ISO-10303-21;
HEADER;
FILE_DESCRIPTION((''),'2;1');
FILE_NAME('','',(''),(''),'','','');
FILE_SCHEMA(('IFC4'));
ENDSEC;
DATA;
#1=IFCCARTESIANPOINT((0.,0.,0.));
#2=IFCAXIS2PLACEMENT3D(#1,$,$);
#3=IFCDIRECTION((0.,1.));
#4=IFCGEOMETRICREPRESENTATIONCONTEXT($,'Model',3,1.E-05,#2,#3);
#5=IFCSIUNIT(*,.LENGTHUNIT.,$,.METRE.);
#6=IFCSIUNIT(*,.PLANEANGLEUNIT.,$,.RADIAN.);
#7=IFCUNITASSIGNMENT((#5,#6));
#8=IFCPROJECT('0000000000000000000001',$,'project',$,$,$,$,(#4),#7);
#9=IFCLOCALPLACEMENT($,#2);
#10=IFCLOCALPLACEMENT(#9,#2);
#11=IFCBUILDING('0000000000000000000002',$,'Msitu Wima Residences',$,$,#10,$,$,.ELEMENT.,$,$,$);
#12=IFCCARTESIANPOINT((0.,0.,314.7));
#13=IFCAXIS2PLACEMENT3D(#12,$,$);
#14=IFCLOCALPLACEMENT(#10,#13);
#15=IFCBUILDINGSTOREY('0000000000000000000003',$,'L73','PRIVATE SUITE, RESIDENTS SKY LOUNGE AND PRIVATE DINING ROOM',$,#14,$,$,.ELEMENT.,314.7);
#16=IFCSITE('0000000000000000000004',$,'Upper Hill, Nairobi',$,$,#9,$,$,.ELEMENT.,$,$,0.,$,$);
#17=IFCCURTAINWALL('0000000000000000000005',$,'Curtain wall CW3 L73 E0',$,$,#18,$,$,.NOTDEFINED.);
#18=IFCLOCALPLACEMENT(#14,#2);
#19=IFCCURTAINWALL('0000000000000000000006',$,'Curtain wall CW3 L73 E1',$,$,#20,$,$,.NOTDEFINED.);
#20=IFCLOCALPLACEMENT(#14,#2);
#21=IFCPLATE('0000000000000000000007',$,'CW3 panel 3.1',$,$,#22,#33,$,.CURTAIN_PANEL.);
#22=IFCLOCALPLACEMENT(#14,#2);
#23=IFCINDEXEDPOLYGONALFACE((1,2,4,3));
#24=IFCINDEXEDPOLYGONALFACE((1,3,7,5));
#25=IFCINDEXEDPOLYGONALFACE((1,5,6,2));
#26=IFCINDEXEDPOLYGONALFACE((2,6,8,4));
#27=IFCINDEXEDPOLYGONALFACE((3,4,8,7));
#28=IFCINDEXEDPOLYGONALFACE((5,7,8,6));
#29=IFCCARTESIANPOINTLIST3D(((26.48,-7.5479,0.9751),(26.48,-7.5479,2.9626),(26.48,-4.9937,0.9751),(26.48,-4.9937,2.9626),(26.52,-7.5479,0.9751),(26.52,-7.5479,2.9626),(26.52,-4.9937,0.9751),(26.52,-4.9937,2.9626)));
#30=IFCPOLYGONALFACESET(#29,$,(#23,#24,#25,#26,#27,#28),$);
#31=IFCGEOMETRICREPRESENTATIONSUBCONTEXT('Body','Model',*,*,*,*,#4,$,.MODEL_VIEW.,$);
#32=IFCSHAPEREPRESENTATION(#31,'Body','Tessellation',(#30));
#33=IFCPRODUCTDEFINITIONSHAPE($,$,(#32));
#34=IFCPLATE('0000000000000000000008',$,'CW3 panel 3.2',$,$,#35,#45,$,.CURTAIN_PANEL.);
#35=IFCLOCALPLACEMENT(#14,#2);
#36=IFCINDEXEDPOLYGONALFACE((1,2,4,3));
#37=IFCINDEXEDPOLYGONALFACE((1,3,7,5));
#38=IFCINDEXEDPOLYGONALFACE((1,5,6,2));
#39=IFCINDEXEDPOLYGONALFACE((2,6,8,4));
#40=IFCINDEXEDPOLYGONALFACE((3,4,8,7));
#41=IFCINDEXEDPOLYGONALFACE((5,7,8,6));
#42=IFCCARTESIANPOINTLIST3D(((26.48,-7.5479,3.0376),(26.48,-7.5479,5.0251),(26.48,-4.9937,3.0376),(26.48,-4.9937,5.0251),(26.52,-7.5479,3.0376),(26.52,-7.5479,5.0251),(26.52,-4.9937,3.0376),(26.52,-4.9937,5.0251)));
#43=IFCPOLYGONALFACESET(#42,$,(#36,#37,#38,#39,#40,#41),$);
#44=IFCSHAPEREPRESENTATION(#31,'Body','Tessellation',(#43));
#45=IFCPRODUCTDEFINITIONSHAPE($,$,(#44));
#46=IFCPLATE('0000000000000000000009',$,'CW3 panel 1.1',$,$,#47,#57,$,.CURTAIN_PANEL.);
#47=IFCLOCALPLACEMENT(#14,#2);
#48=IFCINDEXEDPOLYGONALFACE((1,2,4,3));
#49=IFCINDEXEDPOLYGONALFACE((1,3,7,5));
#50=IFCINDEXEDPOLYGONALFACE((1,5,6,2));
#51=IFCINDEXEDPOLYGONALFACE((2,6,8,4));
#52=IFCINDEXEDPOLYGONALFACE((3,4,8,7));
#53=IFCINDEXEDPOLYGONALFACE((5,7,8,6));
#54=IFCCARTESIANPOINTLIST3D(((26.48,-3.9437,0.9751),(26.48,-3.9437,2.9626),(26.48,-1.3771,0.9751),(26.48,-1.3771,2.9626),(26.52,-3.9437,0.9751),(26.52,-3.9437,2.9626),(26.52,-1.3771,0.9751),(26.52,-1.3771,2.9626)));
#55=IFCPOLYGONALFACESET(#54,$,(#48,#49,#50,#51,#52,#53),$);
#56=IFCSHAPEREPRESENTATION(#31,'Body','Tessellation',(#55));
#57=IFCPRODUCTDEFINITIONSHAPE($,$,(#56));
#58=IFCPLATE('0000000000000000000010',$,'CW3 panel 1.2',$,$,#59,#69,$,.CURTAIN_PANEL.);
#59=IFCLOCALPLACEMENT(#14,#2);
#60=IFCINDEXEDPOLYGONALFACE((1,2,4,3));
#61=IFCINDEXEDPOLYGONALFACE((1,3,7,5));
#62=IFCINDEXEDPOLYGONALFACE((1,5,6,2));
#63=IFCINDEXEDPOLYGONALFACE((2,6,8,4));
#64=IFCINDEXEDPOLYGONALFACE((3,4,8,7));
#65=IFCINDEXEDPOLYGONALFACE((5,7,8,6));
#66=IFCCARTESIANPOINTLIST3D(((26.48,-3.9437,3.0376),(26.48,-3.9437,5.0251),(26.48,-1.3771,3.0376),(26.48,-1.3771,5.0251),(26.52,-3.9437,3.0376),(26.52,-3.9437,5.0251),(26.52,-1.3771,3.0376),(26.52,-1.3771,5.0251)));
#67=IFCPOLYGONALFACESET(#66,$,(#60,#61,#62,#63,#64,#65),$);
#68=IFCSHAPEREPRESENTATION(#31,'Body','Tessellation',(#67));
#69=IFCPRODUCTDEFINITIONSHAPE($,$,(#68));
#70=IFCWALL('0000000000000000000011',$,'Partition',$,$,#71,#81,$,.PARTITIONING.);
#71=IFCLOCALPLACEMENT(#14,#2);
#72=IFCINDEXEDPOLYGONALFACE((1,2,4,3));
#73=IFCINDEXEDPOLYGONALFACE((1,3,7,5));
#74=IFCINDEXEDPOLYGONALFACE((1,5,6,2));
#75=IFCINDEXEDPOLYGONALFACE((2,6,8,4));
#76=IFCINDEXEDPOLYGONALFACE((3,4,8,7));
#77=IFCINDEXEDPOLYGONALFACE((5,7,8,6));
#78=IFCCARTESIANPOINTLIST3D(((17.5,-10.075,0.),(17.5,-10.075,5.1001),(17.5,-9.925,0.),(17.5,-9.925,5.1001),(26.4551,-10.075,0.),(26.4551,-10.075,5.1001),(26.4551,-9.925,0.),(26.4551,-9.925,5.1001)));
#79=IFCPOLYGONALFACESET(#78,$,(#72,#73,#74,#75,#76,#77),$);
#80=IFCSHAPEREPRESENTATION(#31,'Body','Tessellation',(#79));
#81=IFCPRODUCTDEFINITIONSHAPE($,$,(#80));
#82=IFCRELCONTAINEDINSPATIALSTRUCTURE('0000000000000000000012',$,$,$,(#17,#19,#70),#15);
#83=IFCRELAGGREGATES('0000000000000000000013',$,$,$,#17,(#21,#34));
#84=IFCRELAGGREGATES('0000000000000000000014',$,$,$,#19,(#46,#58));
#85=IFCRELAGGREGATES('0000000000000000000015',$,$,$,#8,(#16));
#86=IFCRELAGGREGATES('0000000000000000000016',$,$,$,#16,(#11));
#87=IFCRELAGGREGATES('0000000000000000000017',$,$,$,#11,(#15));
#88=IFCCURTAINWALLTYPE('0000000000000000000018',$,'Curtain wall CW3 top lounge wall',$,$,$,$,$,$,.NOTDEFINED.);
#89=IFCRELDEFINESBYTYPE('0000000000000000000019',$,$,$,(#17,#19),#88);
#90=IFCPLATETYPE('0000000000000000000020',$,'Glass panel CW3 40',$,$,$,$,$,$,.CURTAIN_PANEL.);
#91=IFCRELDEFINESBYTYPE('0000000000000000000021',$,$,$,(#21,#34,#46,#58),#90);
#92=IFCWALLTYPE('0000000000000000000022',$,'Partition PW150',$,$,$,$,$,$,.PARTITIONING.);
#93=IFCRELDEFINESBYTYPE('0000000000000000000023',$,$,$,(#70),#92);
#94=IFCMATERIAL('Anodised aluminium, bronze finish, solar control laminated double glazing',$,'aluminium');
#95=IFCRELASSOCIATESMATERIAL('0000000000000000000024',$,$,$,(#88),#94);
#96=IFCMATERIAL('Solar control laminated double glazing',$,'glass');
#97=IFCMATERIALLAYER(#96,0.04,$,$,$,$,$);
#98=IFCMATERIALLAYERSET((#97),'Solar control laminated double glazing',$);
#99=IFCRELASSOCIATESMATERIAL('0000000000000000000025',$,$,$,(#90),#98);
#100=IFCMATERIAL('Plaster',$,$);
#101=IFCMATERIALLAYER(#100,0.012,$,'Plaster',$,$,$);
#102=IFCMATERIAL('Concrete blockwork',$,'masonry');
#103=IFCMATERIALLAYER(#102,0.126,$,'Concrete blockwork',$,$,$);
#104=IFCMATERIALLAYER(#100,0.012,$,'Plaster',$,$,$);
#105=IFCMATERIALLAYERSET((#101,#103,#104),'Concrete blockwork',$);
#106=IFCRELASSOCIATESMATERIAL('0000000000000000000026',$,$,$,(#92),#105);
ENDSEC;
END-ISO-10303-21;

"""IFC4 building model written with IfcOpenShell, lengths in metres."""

from ifc_helpers import new_model, si_unit, direction, frame, frame_2d, origin, origin_2d, place, context, subcontext, project, spatial, rectangle, extrude, material, layer, layer_set, type_object, element, aggregate, save


model = new_model("IFC4")

# Units and contexts
model_context = context("Model", 3, precision=1e-05, world=origin(), true_north=direction((0.0, 1.0)))
body_context = subcontext(model_context, "Body", "Model", "MODEL_VIEW")
ifc_project = project(units=[si_unit("LENGTHUNIT", "METRE"), si_unit("PLANEANGLEUNIT", "RADIAN")], contexts=[model_context])

# Site, building, storey
site_placement = place(None, origin())
site = spatial("IfcSite", under=ifc_project, at=site_placement, Name="Upper Hill, Nairobi", CompositionType="ELEMENT", RefElevation=0.0)
building_placement = place(site_placement, origin())
building = spatial("IfcBuilding", under=site, at=building_placement, Name="Msitu Wima Residences", CompositionType="ELEMENT")
storey_placement = place(building_placement, frame((0.0, 0.0, 314.7)))
storey = spatial("IfcBuildingStorey", under=building, at=storey_placement, Name="L73", Description="PRIVATE SUITE, RESIDENTS SKY LOUNGE AND PRIVATE DINING ROOM", CompositionType="ELEMENT", Elevation=314.7)

# Curtain walls
ifc_material_1 = material(Name="Anodised aluminium, bronze finish, solar control laminated double glazing", Category="aluminium")
curtain_wall_type = type_object("IfcCurtainWallType", Name="Curtain wall CW3 top lounge wall", PredefinedType="NOTDEFINED", material=ifc_material_1)
curtain_wall_1_placement = place(storey_placement, origin())
curtain_wall_1 = element("IfcCurtainWall", 1, at=curtain_wall_1_placement, inside=storey, type_object=curtain_wall_type, Name="Curtain wall CW3 L73 E0", PredefinedType="NOTDEFINED")
curtain_wall_2_placement = place(storey_placement, origin())
curtain_wall_2 = element("IfcCurtainWall", 2, at=curtain_wall_2_placement, inside=storey, type_object=curtain_wall_type, Name="Curtain wall CW3 L73 E1", PredefinedType="NOTDEFINED")

# Plates
ifc_material_2 = material(Name="Solar control laminated double glazing", Category="glass")
ifc_layer_1 = layer(ifc_material_2, 0.04)
ifc_layer_set_1 = layer_set([ifc_layer_1], Name="Solar control laminated double glazing")
plate_type = type_object("IfcPlateType", Name="Glass panel CW3 40", PredefinedType="CURTAIN_PANEL", material=ifc_layer_set_1)
plate_1_placement = place(storey_placement, frame((26.5, -6.2708, 0.9751), z_axis=(0.0, 0.0, 1.0), x_axis=(0.0, 1.0, 0.0)))
plate_1 = element("IfcPlate", 3, at=plate_1_placement, type_object=plate_type, Name="CW3 panel 3.1", PredefinedType="CURTAIN_PANEL", context=body_context, shape_type="SweptSolid", body=[
    extrude(rectangle(XDim=2.5542, YDim=0.04, at=origin_2d()), origin(), (0.0, 0.0, 1.0), 1.9875),
])
plate_2_placement = place(storey_placement, frame((26.5, -6.2708, 3.0376), z_axis=(0.0, 0.0, 1.0), x_axis=(0.0, 1.0, 0.0)))
plate_2 = element("IfcPlate", 4, at=plate_2_placement, type_object=plate_type, Name="CW3 panel 3.2", PredefinedType="CURTAIN_PANEL", context=body_context, shape_type="SweptSolid", body=[
    extrude(rectangle(XDim=2.5542, YDim=0.04, at=origin_2d()), origin(), (0.0, 0.0, 1.0), 1.9875),
])
aggregate(curtain_wall_1, [plate_1, plate_2])
plate_3_placement = place(storey_placement, frame((26.5, -2.6604, 0.9751), z_axis=(0.0, 0.0, 1.0), x_axis=(0.0, 1.0, 0.0)))
plate_3 = element("IfcPlate", 5, at=plate_3_placement, type_object=plate_type, Name="CW3 panel 1.1", PredefinedType="CURTAIN_PANEL", context=body_context, shape_type="SweptSolid", body=[
    extrude(rectangle(XDim=2.5667, YDim=0.04, at=origin_2d()), origin(), (0.0, 0.0, 1.0), 1.9875),
])
plate_4_placement = place(storey_placement, frame((26.5, -2.6604, 3.0376), z_axis=(0.0, 0.0, 1.0), x_axis=(0.0, 1.0, 0.0)))
plate_4 = element("IfcPlate", 6, at=plate_4_placement, type_object=plate_type, Name="CW3 panel 1.2", PredefinedType="CURTAIN_PANEL", context=body_context, shape_type="SweptSolid", body=[
    extrude(rectangle(XDim=2.5667, YDim=0.04, at=origin_2d()), origin(), (0.0, 0.0, 1.0), 1.9875),
])
aggregate(curtain_wall_2, [plate_3, plate_4])

# Wall
ifc_material_3 = material(Name="Plaster")
ifc_layer_2 = layer(ifc_material_3, 0.012, Name="Plaster")
ifc_material_4 = material(Name="Concrete blockwork", Category="masonry")
ifc_layer_3 = layer(ifc_material_4, 0.126, Name="Concrete blockwork")
ifc_layer_4 = layer(ifc_material_3, 0.012, Name="Plaster")
ifc_layer_set_2 = layer_set([ifc_layer_2, ifc_layer_3, ifc_layer_4], Name="Concrete blockwork")
wall_type = type_object("IfcWallType", Name="Partition PW150", PredefinedType="PARTITIONING", material=ifc_layer_set_2)
wall_placement = place(storey_placement, frame((17.5, -10.0, 0.0), z_axis=(0.0, 0.0, 1.0), x_axis=(1.0, 0.0, 0.0)))
element("IfcWall", 7, at=wall_placement, inside=storey, type_object=wall_type, Name="Partition", PredefinedType="PARTITIONING", context=body_context, shape_type="SweptSolid", body=[
    extrude(rectangle(XDim=8.9551, YDim=0.1499, at=frame_2d((4.4775, 0.0))), origin(), (0.0, 0.0, 1.0), 5.1001),
])

save(model, "model.ifc")
